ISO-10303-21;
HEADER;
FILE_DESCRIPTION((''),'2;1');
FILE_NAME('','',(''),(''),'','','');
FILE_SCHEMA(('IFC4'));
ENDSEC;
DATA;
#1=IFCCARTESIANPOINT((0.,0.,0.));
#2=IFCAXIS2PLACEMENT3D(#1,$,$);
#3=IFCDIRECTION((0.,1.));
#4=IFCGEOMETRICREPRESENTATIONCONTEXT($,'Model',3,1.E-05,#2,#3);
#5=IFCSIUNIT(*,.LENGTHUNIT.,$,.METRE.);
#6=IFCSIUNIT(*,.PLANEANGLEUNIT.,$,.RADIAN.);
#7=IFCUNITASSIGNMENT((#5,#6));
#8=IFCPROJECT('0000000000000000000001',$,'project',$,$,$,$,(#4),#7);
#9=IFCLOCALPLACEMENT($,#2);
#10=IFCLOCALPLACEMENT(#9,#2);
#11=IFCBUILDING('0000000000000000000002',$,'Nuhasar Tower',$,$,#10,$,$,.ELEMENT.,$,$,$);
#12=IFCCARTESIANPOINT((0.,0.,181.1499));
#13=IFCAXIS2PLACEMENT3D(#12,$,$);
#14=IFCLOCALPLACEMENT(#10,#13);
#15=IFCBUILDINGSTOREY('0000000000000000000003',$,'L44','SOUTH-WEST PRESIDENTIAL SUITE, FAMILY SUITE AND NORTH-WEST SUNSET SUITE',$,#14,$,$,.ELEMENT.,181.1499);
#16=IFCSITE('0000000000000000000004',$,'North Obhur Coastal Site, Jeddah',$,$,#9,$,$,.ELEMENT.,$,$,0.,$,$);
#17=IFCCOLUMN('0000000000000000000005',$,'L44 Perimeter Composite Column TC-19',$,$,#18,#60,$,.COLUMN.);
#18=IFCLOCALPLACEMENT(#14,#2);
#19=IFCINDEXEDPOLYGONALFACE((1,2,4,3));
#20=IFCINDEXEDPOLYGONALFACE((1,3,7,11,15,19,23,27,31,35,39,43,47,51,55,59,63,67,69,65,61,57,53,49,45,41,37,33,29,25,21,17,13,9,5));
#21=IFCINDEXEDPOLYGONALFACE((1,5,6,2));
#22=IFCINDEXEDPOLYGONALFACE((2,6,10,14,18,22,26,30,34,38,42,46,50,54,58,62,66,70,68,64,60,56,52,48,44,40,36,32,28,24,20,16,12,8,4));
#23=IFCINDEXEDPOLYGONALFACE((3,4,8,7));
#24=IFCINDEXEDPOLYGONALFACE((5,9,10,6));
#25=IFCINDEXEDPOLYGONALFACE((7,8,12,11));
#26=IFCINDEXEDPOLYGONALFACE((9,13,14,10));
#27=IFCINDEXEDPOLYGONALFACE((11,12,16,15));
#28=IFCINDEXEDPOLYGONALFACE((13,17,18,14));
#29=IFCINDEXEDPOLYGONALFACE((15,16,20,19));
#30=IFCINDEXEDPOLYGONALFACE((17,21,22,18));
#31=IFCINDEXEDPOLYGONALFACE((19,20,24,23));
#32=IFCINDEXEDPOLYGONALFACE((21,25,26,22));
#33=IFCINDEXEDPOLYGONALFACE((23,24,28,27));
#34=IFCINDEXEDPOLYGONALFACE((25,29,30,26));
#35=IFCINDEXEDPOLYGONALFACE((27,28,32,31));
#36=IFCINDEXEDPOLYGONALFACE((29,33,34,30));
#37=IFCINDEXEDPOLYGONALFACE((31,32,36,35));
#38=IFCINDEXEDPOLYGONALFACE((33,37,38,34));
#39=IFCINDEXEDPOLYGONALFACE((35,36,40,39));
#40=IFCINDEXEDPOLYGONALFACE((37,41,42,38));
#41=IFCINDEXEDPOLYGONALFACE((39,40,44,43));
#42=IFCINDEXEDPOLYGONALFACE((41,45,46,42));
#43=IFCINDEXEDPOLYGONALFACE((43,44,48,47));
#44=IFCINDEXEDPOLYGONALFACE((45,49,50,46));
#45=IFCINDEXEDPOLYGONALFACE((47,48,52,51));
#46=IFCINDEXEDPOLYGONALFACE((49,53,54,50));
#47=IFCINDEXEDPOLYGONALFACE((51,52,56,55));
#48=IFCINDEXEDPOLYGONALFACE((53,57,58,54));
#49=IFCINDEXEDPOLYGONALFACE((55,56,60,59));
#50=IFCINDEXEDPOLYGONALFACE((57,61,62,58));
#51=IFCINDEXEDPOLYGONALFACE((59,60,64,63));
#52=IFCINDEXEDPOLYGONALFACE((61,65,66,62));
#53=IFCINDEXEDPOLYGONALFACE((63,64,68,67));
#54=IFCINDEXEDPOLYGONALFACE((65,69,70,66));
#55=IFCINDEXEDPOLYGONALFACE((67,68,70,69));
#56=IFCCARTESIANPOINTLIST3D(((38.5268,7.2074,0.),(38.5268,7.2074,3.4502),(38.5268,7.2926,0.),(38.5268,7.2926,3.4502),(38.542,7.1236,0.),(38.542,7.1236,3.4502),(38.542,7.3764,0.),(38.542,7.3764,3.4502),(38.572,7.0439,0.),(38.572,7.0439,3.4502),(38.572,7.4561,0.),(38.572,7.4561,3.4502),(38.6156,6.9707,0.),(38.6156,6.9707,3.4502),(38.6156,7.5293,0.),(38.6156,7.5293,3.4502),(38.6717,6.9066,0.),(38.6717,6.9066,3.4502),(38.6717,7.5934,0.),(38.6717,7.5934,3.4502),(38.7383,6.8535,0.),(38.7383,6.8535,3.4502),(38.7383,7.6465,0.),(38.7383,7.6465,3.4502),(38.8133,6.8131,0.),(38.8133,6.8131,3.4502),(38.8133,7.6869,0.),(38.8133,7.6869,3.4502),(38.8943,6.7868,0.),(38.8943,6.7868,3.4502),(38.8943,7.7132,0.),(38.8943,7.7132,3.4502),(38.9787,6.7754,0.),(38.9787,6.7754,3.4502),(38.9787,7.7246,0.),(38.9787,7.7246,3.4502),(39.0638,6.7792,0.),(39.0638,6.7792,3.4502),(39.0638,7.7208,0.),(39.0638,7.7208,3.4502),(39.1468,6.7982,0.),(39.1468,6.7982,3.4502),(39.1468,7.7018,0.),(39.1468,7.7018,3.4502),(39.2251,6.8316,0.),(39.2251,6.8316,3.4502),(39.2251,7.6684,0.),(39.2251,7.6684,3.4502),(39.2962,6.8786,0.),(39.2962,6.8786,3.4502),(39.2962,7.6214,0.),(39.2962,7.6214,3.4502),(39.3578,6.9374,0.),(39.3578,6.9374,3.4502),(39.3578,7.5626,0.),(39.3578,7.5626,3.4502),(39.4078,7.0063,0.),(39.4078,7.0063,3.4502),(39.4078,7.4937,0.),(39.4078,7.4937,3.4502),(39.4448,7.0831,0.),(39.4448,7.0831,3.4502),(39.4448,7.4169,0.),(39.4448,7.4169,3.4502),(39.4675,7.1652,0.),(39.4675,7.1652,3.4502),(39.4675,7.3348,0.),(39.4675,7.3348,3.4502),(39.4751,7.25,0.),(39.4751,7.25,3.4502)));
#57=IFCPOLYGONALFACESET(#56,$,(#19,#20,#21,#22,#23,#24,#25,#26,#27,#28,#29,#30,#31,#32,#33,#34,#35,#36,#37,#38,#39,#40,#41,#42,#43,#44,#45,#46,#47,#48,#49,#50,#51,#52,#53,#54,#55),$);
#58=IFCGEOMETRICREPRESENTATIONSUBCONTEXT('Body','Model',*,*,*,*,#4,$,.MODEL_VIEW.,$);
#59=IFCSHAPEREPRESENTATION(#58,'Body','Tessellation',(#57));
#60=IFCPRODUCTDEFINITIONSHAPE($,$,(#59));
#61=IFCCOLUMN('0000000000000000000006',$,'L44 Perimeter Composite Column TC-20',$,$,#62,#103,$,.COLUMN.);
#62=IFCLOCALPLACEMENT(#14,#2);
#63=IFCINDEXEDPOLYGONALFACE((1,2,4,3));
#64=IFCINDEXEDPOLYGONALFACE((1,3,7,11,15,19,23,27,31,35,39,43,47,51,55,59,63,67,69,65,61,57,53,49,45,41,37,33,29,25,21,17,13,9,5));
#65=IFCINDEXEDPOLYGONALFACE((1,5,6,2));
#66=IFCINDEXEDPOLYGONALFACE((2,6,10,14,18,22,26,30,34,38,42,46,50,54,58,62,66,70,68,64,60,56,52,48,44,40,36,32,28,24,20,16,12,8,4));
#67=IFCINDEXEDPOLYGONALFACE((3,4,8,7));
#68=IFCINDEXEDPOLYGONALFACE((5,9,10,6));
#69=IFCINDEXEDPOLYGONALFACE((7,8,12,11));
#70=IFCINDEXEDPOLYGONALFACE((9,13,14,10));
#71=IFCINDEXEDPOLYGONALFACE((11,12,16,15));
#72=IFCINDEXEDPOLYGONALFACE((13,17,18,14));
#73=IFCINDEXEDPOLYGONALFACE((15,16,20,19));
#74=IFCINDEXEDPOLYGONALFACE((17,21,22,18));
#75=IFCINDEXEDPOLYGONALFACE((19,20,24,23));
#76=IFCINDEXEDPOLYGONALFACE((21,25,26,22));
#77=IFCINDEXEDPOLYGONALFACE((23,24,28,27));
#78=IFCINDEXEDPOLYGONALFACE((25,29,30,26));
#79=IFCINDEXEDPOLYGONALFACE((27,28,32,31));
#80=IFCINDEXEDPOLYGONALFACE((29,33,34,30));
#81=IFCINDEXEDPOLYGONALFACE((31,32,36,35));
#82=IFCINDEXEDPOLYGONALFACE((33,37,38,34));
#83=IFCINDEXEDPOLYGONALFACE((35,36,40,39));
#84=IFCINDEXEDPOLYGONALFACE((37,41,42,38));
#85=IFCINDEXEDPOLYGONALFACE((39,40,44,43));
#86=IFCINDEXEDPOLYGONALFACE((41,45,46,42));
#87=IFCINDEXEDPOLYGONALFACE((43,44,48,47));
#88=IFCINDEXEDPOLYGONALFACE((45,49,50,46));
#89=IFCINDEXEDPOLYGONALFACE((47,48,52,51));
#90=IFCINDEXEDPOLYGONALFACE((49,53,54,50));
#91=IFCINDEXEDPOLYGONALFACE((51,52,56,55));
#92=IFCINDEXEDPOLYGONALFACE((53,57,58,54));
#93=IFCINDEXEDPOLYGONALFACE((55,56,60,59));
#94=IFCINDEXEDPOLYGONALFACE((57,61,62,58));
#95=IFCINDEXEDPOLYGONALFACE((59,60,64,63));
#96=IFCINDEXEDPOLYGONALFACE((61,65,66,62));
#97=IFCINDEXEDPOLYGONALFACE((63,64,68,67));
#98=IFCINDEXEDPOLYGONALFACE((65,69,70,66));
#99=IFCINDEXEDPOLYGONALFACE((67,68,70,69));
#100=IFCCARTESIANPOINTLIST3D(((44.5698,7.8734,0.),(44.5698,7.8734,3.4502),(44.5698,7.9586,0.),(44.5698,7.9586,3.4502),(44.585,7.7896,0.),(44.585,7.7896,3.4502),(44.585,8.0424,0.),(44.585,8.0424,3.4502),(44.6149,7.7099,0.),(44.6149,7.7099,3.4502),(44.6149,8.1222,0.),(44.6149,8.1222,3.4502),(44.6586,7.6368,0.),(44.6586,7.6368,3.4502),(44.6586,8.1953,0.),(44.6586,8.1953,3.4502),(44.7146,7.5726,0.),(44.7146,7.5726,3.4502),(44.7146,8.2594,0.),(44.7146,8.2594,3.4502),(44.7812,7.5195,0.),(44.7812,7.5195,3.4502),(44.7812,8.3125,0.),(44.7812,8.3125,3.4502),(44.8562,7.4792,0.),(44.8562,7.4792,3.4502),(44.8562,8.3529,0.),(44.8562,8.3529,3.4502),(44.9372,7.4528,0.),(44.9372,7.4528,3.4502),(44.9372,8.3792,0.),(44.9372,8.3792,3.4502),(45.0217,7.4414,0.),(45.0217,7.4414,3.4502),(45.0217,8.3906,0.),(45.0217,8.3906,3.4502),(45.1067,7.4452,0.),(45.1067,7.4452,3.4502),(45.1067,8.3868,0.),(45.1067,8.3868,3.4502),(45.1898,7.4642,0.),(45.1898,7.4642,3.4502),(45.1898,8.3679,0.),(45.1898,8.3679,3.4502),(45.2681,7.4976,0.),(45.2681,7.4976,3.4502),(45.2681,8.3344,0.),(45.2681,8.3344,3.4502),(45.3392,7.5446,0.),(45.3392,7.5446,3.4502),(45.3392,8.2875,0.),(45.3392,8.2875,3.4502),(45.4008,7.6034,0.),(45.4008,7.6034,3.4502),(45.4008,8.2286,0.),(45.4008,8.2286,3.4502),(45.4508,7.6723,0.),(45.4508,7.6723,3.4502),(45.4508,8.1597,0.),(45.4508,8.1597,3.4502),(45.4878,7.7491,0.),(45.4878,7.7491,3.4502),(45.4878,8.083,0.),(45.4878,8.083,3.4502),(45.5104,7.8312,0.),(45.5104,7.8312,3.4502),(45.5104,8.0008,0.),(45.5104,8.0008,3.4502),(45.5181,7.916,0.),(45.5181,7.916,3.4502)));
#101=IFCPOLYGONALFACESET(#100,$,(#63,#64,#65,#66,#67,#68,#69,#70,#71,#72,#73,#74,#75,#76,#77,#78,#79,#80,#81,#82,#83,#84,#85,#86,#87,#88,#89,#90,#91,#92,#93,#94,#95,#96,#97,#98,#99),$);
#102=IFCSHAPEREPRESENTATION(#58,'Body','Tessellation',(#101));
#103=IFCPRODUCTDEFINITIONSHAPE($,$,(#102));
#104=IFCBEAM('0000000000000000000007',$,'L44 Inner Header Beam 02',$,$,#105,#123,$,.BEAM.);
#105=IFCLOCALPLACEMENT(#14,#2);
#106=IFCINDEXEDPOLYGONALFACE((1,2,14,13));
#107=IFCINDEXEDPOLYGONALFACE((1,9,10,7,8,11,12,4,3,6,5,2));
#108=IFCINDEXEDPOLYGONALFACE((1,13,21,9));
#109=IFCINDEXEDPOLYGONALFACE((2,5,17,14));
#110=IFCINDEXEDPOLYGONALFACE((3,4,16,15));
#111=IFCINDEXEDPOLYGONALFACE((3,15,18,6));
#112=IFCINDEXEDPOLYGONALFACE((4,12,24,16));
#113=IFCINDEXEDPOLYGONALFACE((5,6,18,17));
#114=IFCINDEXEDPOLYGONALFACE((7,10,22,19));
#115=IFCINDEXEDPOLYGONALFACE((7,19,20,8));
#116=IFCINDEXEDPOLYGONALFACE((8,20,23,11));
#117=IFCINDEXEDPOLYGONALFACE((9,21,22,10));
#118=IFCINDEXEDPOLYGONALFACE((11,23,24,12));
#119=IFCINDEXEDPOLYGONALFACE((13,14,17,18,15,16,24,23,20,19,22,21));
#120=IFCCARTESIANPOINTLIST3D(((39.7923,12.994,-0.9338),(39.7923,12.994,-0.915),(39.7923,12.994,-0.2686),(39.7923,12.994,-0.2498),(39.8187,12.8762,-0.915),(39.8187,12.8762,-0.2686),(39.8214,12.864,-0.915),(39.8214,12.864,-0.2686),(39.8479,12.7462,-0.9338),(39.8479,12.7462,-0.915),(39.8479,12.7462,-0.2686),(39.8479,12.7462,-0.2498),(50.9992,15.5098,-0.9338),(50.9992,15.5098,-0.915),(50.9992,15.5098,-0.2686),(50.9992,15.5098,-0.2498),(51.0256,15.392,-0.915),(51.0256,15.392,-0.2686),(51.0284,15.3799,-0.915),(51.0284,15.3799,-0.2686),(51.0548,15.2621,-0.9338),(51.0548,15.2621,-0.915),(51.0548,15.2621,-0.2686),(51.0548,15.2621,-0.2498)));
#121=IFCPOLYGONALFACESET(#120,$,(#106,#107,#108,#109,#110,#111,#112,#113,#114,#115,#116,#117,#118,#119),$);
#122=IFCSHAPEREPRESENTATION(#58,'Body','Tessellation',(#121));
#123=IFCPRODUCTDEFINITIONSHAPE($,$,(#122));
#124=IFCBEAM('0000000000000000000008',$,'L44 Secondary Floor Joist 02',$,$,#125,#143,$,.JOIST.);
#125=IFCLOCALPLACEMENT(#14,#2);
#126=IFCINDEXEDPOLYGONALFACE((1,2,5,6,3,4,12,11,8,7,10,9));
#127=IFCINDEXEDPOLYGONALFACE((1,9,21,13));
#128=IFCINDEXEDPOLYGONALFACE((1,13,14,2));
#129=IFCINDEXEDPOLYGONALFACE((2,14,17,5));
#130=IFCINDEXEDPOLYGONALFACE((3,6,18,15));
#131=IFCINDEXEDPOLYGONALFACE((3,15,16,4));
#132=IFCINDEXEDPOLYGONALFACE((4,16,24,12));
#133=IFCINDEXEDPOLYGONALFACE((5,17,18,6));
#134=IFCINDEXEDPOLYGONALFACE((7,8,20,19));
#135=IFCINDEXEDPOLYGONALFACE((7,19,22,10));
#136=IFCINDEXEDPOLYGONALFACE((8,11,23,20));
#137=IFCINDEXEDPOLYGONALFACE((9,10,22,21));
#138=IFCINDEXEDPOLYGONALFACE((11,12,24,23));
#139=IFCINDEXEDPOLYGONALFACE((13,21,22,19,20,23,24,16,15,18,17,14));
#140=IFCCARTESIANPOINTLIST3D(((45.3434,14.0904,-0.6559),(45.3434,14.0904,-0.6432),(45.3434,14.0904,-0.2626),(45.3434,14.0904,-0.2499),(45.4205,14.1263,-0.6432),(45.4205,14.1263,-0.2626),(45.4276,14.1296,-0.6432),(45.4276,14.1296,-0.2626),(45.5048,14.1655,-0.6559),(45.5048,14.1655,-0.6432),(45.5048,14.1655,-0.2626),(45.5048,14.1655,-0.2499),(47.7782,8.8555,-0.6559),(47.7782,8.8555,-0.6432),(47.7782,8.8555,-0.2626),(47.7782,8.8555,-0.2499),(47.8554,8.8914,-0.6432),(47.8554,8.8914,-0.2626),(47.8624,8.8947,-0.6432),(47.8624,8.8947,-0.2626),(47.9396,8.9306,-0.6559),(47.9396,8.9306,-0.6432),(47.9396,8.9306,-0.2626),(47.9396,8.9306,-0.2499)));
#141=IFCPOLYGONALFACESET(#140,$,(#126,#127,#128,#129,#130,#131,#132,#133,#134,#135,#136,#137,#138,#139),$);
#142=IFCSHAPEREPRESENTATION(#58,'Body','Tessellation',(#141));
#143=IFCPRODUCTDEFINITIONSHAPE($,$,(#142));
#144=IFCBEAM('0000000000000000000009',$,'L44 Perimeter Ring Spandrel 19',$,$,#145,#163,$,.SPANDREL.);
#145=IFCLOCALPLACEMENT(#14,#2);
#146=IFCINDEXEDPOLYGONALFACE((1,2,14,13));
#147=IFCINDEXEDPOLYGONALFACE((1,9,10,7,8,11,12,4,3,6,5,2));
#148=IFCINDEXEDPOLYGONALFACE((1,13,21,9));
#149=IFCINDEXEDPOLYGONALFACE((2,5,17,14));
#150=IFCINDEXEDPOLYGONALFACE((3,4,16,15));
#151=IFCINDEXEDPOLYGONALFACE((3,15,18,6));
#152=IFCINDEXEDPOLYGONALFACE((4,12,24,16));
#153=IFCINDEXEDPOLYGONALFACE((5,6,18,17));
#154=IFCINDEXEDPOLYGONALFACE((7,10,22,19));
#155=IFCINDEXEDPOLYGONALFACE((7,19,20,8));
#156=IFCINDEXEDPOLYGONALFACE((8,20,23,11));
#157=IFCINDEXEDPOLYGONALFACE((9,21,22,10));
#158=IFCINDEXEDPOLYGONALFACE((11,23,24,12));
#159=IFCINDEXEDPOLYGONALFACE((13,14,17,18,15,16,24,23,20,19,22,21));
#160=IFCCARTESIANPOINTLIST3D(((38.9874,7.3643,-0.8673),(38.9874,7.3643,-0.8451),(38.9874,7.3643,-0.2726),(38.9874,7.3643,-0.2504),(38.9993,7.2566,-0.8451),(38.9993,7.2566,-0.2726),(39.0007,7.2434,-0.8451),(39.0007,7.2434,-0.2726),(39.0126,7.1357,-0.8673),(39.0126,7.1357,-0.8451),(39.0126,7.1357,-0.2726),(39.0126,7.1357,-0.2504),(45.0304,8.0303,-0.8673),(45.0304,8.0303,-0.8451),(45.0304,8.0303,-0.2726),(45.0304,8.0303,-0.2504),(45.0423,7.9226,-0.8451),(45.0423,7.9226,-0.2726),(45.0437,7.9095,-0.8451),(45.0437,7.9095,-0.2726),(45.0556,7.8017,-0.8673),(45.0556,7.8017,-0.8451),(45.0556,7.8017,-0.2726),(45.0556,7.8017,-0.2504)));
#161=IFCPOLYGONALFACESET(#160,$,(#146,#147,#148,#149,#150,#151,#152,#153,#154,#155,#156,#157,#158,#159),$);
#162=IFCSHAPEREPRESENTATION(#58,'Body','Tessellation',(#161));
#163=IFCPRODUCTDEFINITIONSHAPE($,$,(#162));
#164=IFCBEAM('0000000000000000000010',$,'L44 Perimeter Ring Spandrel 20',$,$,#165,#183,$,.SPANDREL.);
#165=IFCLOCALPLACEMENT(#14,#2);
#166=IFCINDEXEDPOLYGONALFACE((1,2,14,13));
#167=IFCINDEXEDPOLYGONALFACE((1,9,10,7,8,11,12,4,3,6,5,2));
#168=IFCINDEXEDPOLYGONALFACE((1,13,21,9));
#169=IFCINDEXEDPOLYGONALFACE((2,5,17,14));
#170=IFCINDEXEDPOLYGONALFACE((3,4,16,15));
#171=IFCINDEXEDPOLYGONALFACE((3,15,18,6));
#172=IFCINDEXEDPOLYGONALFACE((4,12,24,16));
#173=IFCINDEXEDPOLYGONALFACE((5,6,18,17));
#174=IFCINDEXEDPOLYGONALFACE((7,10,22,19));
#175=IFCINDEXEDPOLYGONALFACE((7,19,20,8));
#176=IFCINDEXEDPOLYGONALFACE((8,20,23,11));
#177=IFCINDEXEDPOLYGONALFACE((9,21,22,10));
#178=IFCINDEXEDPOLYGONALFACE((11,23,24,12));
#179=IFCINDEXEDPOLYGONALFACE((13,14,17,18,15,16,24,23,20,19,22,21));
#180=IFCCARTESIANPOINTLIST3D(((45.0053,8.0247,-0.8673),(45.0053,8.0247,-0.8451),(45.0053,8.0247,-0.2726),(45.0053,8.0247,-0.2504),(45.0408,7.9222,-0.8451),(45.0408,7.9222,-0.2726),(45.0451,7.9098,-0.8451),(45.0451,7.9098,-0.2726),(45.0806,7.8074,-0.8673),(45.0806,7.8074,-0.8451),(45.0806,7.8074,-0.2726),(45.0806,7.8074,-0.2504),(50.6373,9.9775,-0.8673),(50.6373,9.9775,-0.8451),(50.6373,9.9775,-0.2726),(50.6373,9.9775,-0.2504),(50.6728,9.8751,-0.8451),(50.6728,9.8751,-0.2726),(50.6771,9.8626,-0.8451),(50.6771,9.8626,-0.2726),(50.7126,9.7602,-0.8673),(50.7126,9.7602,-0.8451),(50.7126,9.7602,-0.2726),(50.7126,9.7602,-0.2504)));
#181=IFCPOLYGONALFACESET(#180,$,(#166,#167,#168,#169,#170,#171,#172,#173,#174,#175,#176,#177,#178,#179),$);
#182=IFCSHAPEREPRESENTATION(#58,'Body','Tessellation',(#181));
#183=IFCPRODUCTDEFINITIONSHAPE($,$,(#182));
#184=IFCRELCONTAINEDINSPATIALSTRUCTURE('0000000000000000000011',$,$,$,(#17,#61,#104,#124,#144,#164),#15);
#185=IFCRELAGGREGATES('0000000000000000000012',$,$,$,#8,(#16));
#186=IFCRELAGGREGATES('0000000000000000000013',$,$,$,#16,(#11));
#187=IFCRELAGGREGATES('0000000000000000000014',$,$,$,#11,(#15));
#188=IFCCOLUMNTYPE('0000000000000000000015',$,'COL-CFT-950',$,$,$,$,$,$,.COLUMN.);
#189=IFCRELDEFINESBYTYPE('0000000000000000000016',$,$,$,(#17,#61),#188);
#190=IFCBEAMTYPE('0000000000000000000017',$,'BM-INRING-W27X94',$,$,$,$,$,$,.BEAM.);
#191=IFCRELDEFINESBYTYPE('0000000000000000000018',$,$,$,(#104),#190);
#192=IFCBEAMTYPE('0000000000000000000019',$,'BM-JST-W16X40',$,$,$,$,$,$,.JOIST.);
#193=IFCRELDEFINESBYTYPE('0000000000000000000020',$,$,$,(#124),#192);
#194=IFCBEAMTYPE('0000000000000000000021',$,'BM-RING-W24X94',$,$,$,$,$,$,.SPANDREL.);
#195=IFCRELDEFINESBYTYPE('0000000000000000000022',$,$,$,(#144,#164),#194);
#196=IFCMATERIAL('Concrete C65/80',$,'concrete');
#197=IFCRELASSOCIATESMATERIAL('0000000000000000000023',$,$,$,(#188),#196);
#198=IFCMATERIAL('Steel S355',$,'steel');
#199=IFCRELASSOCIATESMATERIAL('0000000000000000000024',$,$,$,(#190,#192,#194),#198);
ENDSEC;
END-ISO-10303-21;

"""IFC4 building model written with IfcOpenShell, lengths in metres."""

from ifc_helpers import new_model, si_unit, direction, frame, origin, origin_2d, place, context, subcontext, project, spatial, circle, i_section, extrude, material, material_profile, profile_set, type_object, element, save


model = new_model("IFC4")

# Units and contexts
model_context = context("Model", 3, precision=1e-05, world=origin(), true_north=direction((0.0, 1.0)))
body_context = subcontext(model_context, "Body", "Model", "MODEL_VIEW")
ifc_project = project(units=[si_unit("LENGTHUNIT", "METRE"), si_unit("PLANEANGLEUNIT", "RADIAN")], contexts=[model_context])

# Site, building, storey
site_placement = place(None, origin())
site = spatial("IfcSite", under=ifc_project, at=site_placement, Name="North Obhur Coastal Site, Jeddah", CompositionType="ELEMENT", RefElevation=0.0)
building_placement = place(site_placement, origin())
building = spatial("IfcBuilding", under=site, at=building_placement, Name="Nuhasar Tower", CompositionType="ELEMENT")
storey_placement = place(building_placement, frame((0.0, 0.0, 181.1499)))
storey = spatial("IfcBuildingStorey", under=building, at=storey_placement, Name="L44", Description="SOUTH-WEST PRESIDENTIAL SUITE, FAMILY SUITE AND NORTH-WEST SUNSET SUITE", CompositionType="ELEMENT", Elevation=181.1499)

# Columns
ifc_material_1 = material(Name="Concrete C65/80", Category="concrete")
ifc_material_profile_1 = material_profile(ifc_material_1, circle(Radius=0.4751, at=origin_2d()), Name="CFT950")
ifc_profile_set_1 = profile_set([ifc_material_profile_1], Name="Concrete C65/80")
column_type = type_object("IfcColumnType", Name="COL-CFT-950", PredefinedType="COLUMN", material=ifc_profile_set_1)
for number, where, z_axis, x_axis, name in (
    (1, (39.0, 7.25, 0.0), (0.0, 0.0, 1.0), (1.0, 0.0, 0.0), "L44 Perimeter Composite Column TC-19"),
    (2, (45.043, 7.916, 0.0), (0.0, 0.0, 1.0), (1.0, 0.0, 0.0), "L44 Perimeter Composite Column TC-20"),
):
    element("IfcColumn", number, at=place(storey_placement, frame(where, z_axis=z_axis, x_axis=x_axis)), inside=storey, type_object=column_type, Name=name, PredefinedType="COLUMN", context=body_context, shape_type="SweptSolid", body=[
        extrude(circle(Radius=0.4751, at=origin_2d()), origin(), (0.0, 0.0, 1.0), 3.4502),
    ])

# Beams
ifc_material_2 = material(Name="Steel S355", Category="steel")
ifc_material_profile_2 = material_profile(ifc_material_2, i_section(OverallWidth=0.2539, OverallDepth=0.6841, WebThickness=0.0125, FlangeThickness=0.0188, at=origin_2d()), Name="W27X94")
ifc_profile_set_2 = profile_set([ifc_material_profile_2], Name="Steel S355")
beam_type_1 = type_object("IfcBeamType", Name="BM-INRING-W27X94", PredefinedType="BEAM", material=ifc_profile_set_2)
beam_1_placement = place(storey_placement, frame((39.8201, 12.8701, -0.5918), z_axis=(0.975716, 0.219039, 0.0), x_axis=(-0.219039, 0.975716, 0.0)))
element("IfcBeam", 3, at=beam_1_placement, inside=storey, type_object=beam_type_1, Name="L44 Inner Header Beam 02", PredefinedType="BEAM", context=body_context, shape_type="SweptSolid", body=[
    extrude(i_section(OverallWidth=0.2539, OverallDepth=0.6841, WebThickness=0.0125, FlangeThickness=0.0188, at=origin_2d()), origin(), (0.0, 0.0, 1.0), 11.4858),
])
ifc_material_profile_3 = material_profile(ifc_material_2, i_section(OverallWidth=0.178, OverallDepth=0.406, WebThickness=0.0078, FlangeThickness=0.0127, at=origin_2d()), Name="W16X40")
ifc_profile_set_3 = profile_set([ifc_material_profile_3], Name="Steel S355")
beam_type_2 = type_object("IfcBeamType", Name="BM-JST-W16X40", PredefinedType="JOIST", material=ifc_profile_set_3)
beam_2_placement = place(storey_placement, frame((45.4241, 14.1279, -0.4529), z_axis=(0.42173, -0.906721, 0.0), x_axis=(0.906721, 0.42173, 0.0)))
element("IfcBeam", 4, at=beam_2_placement, inside=storey, type_object=beam_type_2, Name="L44 Secondary Floor Joist 02", PredefinedType="JOIST", context=body_context, shape_type="SweptSolid", body=[
    extrude(i_section(OverallWidth=0.178, OverallDepth=0.406, WebThickness=0.0078, FlangeThickness=0.0127, at=origin_2d()), origin(), (0.0, 0.0, 1.0), 5.7734),
])
ifc_material_profile_4 = material_profile(ifc_material_2, i_section(OverallWidth=0.23, OverallDepth=0.6169, WebThickness=0.0132, FlangeThickness=0.0222, at=origin_2d()), Name="W24X94")
ifc_profile_set_4 = profile_set([ifc_material_profile_4], Name="Steel S355")
beam_type_3 = type_object("IfcBeamType", Name="BM-RING-W24X94", PredefinedType="SPANDREL", material=ifc_profile_set_4)
beam_3_placement = place(storey_placement, frame((39.0, 7.25, -0.5588), z_axis=(0.993981, 0.10955, 0.0), x_axis=(-0.10955, 0.993981, 0.0)))
element("IfcBeam", 5, at=beam_3_placement, inside=storey, type_object=beam_type_3, Name="L44 Perimeter Ring Spandrel 19", PredefinedType="SPANDREL", context=body_context, shape_type="SweptSolid", body=[
    extrude(i_section(OverallWidth=0.23, OverallDepth=0.6169, WebThickness=0.0132, FlangeThickness=0.0222, at=origin_2d()), origin(), (0.0, 0.0, 1.0), 6.0796),
])
beam_4_placement = place(storey_placement, frame((45.043, 7.916, -0.5588), z_axis=(0.944814, 0.327607, 0.0), x_axis=(-0.327607, 0.944814, 0.0)))
element("IfcBeam", 6, at=beam_4_placement, inside=storey, type_object=beam_type_3, Name="L44 Perimeter Ring Spandrel 20", PredefinedType="SPANDREL", context=body_context, shape_type="SweptSolid", body=[
    extrude(i_section(OverallWidth=0.23, OverallDepth=0.6169, WebThickness=0.0132, FlangeThickness=0.0222, at=origin_2d()), origin(), (0.0, 0.0, 1.0), 5.9609),
])

save(model, "model.ifc")
